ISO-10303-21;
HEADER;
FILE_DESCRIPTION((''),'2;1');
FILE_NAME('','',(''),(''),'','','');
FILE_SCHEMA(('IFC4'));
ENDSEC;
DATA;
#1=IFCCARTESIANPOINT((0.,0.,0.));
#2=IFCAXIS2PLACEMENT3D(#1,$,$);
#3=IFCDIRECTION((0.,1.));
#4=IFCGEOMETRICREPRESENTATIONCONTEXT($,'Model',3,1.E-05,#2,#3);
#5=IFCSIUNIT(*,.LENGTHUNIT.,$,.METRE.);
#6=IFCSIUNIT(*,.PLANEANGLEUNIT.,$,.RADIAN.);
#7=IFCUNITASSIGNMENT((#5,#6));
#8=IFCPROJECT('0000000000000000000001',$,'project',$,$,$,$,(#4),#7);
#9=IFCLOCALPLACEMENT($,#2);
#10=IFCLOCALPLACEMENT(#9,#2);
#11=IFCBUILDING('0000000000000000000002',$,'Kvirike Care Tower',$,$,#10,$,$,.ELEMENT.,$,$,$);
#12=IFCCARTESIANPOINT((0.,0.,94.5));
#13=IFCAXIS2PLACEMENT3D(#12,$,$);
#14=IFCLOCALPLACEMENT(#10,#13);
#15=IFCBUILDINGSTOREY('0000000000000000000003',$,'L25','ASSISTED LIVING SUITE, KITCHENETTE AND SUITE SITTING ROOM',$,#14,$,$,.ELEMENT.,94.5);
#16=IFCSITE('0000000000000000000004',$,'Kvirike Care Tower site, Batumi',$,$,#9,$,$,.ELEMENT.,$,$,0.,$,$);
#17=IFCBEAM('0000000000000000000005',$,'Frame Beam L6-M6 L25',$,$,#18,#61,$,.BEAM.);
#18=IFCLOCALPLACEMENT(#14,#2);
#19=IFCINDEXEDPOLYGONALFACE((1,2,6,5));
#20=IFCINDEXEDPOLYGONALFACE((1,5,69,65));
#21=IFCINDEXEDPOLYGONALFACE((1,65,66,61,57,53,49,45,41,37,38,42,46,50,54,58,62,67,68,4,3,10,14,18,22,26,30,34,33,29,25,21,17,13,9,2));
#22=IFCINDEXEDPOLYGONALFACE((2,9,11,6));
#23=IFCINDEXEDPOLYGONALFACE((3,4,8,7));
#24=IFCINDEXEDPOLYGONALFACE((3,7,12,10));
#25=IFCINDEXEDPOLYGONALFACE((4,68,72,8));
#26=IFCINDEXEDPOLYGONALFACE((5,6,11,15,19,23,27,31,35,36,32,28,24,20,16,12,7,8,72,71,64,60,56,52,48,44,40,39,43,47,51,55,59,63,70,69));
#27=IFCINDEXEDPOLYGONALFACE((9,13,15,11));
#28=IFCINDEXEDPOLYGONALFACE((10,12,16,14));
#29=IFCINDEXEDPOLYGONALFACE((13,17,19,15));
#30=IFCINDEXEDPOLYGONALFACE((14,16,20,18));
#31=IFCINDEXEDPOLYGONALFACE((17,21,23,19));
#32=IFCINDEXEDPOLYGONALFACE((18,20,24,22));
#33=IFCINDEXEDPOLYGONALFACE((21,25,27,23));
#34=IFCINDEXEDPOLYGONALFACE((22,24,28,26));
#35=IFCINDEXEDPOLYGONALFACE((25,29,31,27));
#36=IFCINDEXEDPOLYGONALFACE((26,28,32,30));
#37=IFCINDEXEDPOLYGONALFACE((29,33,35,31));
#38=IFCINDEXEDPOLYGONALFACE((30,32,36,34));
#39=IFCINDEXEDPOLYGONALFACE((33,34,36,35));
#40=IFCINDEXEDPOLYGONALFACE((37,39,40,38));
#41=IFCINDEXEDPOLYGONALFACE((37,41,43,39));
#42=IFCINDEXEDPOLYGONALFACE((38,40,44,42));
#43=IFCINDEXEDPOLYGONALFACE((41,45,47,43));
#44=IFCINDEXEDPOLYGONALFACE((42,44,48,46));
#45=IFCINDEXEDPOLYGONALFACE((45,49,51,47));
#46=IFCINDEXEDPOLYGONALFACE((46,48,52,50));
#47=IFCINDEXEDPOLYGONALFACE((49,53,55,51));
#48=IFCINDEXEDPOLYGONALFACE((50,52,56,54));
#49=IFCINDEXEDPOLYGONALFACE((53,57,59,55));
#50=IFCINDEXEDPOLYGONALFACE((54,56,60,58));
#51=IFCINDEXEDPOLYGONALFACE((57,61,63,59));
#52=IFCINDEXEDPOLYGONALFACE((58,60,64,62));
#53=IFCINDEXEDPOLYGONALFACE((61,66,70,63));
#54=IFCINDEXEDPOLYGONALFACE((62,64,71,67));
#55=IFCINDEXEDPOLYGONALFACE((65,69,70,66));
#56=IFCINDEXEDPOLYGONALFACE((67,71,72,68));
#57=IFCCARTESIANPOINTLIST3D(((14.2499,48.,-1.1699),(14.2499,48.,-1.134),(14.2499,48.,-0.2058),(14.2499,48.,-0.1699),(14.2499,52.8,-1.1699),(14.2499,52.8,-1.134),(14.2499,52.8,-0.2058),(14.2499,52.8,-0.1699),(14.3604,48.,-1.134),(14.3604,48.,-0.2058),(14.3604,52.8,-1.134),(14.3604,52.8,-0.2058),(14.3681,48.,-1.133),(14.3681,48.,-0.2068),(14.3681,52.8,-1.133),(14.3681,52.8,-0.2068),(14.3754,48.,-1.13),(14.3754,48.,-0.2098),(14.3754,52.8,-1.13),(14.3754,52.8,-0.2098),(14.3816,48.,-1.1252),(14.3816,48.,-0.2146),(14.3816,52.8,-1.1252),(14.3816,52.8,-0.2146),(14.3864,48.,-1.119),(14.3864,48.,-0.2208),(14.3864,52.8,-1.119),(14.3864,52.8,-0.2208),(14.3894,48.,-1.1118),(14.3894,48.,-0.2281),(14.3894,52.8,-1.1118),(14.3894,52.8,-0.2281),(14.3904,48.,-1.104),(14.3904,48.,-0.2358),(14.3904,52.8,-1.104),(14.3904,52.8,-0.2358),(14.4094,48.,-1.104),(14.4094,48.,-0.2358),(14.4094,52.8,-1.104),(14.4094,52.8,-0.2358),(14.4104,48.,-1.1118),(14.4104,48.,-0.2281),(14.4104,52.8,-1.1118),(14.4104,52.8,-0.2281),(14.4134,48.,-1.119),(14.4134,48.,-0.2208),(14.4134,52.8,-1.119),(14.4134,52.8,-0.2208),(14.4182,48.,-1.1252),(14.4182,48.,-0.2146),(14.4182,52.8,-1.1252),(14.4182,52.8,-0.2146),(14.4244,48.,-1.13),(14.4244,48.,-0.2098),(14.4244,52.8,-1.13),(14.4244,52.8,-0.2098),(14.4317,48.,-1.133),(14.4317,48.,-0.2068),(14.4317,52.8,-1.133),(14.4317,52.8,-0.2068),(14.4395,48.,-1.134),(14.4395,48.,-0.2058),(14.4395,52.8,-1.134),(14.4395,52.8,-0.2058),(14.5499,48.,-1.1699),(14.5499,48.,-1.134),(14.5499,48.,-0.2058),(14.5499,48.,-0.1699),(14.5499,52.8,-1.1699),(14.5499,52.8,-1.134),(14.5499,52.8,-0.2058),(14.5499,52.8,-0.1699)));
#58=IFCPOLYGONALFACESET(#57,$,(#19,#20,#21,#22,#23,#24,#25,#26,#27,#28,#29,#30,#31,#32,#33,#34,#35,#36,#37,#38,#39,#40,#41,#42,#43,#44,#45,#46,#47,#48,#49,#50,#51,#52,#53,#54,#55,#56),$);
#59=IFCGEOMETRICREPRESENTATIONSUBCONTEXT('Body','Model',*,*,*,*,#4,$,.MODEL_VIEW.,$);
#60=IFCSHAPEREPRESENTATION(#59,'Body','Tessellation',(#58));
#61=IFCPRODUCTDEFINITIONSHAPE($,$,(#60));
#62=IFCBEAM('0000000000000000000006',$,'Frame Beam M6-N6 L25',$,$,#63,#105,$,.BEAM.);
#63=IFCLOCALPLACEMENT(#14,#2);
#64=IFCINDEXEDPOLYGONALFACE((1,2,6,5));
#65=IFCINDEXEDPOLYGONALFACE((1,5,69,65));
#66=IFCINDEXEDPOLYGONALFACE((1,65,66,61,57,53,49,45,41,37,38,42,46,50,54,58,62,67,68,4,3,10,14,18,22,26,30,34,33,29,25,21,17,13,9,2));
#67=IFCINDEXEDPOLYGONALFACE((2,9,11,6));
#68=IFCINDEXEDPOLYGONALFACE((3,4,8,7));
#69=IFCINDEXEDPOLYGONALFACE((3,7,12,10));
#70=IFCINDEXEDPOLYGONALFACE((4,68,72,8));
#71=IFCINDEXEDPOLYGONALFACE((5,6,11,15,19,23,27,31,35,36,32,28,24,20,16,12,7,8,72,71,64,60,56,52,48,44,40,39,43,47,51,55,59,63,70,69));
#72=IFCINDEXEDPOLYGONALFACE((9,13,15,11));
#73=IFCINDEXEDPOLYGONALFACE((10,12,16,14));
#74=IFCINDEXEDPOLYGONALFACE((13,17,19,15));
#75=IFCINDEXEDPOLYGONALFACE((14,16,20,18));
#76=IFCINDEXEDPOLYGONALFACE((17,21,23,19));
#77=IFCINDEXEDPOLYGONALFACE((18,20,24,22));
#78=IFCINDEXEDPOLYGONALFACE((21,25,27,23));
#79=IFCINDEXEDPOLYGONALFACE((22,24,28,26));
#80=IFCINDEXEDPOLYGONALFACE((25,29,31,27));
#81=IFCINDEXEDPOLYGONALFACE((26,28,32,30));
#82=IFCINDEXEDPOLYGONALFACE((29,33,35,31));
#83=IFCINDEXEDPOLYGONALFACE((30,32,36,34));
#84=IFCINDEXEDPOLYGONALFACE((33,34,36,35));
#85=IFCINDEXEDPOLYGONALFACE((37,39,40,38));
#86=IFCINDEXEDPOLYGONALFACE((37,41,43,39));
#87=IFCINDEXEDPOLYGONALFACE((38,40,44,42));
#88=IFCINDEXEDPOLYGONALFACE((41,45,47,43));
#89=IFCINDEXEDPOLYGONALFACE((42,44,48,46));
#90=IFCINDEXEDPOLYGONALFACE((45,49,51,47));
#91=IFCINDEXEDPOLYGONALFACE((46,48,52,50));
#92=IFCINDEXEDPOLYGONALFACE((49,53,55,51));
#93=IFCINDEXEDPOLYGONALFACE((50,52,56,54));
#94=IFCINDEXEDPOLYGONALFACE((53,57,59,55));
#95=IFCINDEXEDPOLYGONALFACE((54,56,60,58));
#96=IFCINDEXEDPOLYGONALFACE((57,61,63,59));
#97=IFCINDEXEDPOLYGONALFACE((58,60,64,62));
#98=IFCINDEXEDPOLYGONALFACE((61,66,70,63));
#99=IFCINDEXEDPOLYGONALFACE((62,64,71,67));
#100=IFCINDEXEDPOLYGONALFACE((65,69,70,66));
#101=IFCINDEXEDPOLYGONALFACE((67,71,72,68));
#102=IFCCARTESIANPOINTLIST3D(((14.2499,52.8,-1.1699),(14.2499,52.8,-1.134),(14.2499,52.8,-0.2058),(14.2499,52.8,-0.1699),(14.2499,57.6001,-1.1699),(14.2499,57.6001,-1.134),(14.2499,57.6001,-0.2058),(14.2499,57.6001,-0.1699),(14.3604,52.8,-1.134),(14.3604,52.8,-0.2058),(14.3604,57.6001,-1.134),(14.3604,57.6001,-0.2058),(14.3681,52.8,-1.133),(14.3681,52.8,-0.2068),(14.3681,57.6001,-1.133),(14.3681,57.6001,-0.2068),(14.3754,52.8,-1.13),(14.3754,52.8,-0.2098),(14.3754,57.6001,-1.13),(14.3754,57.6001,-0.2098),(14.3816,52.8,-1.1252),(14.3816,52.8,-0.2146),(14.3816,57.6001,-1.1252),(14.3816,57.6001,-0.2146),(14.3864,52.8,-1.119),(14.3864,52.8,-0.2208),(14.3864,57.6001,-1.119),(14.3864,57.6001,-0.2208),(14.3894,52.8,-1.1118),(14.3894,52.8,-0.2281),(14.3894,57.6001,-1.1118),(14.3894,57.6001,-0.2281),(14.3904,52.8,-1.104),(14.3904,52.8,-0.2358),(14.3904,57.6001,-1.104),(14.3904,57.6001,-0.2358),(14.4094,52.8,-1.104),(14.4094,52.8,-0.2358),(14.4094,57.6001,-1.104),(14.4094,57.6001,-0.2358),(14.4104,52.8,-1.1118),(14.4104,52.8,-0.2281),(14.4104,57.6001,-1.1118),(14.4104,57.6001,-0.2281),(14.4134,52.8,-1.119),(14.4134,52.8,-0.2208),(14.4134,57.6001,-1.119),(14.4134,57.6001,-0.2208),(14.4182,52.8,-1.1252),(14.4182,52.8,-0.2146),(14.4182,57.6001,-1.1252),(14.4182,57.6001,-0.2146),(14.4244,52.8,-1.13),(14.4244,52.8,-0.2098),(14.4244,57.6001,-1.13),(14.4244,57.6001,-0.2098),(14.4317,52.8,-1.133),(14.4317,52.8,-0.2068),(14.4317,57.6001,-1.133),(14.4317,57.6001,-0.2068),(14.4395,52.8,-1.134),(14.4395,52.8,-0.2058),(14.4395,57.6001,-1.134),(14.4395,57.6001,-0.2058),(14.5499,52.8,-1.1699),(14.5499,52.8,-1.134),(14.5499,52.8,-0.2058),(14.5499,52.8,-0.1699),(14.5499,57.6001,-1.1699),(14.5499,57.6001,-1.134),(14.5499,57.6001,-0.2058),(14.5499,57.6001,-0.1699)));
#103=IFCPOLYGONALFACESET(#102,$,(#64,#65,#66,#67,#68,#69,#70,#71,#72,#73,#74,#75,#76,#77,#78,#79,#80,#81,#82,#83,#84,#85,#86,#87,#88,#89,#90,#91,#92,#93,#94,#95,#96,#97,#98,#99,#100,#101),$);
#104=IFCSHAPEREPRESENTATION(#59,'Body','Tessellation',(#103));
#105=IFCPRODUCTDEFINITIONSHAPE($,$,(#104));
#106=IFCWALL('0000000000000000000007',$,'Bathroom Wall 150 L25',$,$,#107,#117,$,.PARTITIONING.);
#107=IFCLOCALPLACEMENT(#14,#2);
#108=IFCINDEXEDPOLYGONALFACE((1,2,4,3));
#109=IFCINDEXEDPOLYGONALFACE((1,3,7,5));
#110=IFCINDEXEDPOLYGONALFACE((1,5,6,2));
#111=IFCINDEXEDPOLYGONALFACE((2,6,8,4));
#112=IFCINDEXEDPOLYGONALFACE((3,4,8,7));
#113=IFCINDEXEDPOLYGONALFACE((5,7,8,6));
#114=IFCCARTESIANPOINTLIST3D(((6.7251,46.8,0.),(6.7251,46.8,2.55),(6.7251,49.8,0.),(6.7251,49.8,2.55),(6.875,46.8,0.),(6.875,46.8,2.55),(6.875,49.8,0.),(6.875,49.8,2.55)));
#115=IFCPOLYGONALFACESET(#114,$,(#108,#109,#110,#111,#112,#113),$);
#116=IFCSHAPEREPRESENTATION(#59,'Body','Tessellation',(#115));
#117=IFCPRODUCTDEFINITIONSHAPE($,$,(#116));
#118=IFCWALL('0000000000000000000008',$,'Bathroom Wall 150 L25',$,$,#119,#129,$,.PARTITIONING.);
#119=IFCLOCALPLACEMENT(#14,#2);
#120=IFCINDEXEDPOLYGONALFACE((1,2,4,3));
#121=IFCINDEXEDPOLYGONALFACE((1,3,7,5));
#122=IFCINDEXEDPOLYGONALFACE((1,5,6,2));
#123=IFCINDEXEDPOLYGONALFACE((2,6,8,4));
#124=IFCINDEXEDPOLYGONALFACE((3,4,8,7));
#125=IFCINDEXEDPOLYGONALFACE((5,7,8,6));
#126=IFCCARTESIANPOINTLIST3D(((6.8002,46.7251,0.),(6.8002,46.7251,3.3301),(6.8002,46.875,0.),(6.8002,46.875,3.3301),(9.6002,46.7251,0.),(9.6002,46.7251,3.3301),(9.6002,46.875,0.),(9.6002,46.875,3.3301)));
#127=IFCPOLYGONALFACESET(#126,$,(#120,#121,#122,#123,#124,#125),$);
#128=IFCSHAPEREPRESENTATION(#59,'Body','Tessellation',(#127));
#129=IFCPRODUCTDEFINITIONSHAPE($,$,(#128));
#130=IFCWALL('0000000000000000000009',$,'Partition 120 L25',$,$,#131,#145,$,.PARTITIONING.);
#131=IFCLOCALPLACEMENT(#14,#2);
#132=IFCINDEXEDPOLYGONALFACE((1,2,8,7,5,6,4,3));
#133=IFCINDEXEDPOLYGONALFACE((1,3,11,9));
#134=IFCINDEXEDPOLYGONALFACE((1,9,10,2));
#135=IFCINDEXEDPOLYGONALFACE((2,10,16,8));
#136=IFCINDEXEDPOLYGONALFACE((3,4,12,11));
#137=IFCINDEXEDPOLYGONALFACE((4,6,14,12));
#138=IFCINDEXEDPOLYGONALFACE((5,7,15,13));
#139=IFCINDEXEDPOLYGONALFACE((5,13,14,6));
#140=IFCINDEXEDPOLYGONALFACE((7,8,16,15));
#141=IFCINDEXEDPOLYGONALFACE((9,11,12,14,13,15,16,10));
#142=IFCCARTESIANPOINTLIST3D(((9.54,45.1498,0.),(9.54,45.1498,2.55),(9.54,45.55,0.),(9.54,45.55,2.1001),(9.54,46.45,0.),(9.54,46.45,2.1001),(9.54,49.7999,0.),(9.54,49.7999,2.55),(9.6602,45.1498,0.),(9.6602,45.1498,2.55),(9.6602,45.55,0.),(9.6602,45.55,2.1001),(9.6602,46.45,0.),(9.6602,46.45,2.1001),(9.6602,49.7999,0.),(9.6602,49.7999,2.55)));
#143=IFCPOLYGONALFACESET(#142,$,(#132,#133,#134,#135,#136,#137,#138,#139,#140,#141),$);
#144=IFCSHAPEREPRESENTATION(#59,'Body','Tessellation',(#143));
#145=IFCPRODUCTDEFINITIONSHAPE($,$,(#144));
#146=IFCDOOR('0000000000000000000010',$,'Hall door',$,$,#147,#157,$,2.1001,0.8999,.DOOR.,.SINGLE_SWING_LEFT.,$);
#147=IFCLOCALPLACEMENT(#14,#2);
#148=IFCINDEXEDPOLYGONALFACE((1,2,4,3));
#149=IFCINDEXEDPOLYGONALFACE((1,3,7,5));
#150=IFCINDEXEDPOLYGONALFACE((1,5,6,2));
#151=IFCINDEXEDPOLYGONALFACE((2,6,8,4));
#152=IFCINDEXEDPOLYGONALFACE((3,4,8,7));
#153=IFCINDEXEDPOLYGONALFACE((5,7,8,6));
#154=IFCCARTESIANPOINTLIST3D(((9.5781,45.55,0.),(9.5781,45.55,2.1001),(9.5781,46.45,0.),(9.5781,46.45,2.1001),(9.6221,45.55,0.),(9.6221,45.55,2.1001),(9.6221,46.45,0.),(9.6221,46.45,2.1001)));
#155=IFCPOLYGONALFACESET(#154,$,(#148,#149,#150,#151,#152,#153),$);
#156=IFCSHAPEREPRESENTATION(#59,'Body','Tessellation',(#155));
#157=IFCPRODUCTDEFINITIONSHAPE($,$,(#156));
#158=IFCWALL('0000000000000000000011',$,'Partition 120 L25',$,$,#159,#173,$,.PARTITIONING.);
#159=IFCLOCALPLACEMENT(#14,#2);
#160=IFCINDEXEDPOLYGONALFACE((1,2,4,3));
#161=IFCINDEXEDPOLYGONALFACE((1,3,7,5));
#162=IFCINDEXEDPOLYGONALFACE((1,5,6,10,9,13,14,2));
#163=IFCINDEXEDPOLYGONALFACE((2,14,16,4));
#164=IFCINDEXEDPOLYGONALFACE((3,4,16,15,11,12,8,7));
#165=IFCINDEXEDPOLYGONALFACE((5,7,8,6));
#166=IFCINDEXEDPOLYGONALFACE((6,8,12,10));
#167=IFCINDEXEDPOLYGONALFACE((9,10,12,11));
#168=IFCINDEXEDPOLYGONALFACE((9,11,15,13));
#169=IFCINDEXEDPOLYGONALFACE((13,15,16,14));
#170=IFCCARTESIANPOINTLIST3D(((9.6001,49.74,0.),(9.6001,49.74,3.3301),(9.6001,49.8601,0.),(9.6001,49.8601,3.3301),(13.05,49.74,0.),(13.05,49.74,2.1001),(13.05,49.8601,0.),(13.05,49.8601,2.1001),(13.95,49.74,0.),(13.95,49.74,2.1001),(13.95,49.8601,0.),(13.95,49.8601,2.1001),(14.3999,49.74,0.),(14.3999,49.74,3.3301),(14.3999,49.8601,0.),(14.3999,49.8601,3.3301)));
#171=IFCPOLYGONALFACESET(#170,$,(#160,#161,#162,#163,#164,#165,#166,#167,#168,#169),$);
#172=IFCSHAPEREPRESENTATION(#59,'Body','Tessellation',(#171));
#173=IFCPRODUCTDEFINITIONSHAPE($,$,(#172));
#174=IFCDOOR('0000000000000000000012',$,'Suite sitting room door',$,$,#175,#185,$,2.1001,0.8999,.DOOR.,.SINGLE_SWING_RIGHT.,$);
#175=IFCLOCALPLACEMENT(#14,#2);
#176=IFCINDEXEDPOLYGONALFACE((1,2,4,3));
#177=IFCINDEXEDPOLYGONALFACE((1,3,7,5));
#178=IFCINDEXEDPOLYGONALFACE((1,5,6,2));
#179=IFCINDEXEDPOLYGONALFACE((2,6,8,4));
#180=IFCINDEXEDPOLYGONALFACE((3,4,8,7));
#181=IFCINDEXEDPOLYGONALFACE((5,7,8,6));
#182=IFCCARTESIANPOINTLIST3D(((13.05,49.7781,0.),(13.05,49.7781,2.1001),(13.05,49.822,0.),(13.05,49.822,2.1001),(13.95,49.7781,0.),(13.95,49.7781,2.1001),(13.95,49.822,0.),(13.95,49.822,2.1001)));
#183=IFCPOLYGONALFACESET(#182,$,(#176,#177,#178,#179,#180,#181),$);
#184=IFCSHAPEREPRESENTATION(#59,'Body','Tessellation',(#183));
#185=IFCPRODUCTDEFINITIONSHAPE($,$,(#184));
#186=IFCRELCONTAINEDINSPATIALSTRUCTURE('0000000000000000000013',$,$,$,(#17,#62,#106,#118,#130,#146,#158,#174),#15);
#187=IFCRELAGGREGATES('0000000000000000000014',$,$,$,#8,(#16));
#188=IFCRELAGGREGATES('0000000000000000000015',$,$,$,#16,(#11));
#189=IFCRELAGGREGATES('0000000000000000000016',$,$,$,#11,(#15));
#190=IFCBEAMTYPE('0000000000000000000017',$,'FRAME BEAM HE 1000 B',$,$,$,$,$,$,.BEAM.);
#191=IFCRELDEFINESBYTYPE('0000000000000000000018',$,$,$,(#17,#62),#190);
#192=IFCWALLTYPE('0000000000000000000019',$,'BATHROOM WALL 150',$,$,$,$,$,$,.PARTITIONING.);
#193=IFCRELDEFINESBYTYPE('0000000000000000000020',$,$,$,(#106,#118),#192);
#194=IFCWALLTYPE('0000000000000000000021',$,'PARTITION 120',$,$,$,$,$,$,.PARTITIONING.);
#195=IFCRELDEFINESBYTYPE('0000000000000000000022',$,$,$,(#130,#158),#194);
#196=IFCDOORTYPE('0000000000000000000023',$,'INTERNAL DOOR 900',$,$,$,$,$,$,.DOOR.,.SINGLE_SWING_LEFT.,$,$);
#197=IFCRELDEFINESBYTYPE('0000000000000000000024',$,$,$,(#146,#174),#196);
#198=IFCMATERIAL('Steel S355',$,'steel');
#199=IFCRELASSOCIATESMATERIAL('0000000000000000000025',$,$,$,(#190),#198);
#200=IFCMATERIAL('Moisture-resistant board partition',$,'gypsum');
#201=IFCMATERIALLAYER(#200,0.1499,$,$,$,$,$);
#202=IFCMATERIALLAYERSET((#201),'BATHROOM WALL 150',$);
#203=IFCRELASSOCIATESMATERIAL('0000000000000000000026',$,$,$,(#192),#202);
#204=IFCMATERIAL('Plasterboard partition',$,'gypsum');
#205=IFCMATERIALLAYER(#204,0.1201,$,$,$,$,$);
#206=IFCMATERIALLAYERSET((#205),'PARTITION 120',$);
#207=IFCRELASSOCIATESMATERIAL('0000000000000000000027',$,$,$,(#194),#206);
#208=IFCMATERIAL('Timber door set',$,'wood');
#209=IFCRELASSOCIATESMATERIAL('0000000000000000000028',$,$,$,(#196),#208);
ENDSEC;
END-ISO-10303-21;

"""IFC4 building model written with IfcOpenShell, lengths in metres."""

from ifc_helpers import new_model, si_unit, direction, frame, frame_2d, origin, origin_2d, place, context, subcontext, project, spatial, rectangle, i_section, extrude, material, layer, layer_set, material_profile, profile_set, type_object, element, fill, save


model = new_model("IFC4")

# Units and contexts
model_context = context("Model", 3, precision=1e-05, world=origin(), true_north=direction((0.0, 1.0)))
body_context = subcontext(model_context, "Body", "Model", "MODEL_VIEW")
ifc_project = project(units=[si_unit("LENGTHUNIT", "METRE"), si_unit("PLANEANGLEUNIT", "RADIAN")], contexts=[model_context])

# Site, building, storey
site_placement = place(None, origin())
site = spatial("IfcSite", under=ifc_project, at=site_placement, Name="Kvirike Care Tower site, Batumi", CompositionType="ELEMENT", RefElevation=0.0)
building_placement = place(site_placement, origin())
building = spatial("IfcBuilding", under=site, at=building_placement, Name="Kvirike Care Tower", CompositionType="ELEMENT")
storey_placement = place(building_placement, frame((0.0, 0.0, 94.5)))
storey = spatial("IfcBuildingStorey", under=building, at=storey_placement, Name="L25", Description="ASSISTED LIVING SUITE, KITCHENETTE AND SUITE SITTING ROOM", CompositionType="ELEMENT", Elevation=94.5)

# Beams
ifc_material_1 = material(Name="Steel S355", Category="steel")
ifc_material_profile_1 = material_profile(ifc_material_1, i_section(OverallWidth=0.3, OverallDepth=1.0, WebThickness=0.019, FlangeThickness=0.0359, FilletRadius=0.03, at=origin_2d()), Name="HE 1000 B")
ifc_profile_set_1 = profile_set([ifc_material_profile_1], Name="Steel S355")
beam_type_1 = type_object("IfcBeamType", Name="FRAME BEAM HE 1000 B", PredefinedType="BEAM", material=ifc_profile_set_1)
for number, where, z_axis, x_axis, name in (
    (1, (14.3999, 48.0, -0.6699), (0.0, 1.0, 0.0), (-1.0, 0.0, 0.0), "Frame Beam L6-M6 L25"),
    (2, (14.3999, 52.8, -0.6699), (0.0, 1.0, 0.0), (-1.0, 0.0, 0.0), "Frame Beam M6-N6 L25"),
):
    element("IfcBeam", number, at=place(storey_placement, frame(where, z_axis=z_axis, x_axis=x_axis)), inside=storey, type_object=beam_type_1, Name=name, PredefinedType="BEAM", context=body_context, shape_type="SweptSolid", body=[
        extrude(i_section(OverallWidth=0.3, OverallDepth=1.0, WebThickness=0.019, FlangeThickness=0.0359, FilletRadius=0.03, at=origin_2d()), origin(), (0.0, 0.0, 1.0), 4.8),
    ])

# Walls
ifc_material_2 = material(Name="Moisture-resistant board partition", Category="gypsum")
ifc_layer_1 = layer(ifc_material_2, 0.1499)
ifc_layer_set_1 = layer_set([ifc_layer_1], Name="BATHROOM WALL 150")
wall_type_1 = type_object("IfcWallType", Name="BATHROOM WALL 150", PredefinedType="PARTITIONING", material=ifc_layer_set_1)
wall_1_placement = place(storey_placement, frame((6.8, 49.8, 0.0), z_axis=(0.0, 0.0, 1.0), x_axis=(0.0, -1.0, 0.0)))
element("IfcWall", 3, at=wall_1_placement, inside=storey, type_object=wall_type_1, Name="Bathroom Wall 150 L25", PredefinedType="PARTITIONING", context=body_context, shape_type="SweptSolid", body=[
    extrude(rectangle(XDim=3.0, YDim=0.1499, at=frame_2d((1.5, 0.0))), origin(), (0.0, 0.0, 1.0), 2.55),
])
wall_2_placement = place(storey_placement, frame((9.6001, 46.8, 0.0), z_axis=(0.0, 0.0, 1.0), x_axis=(-1.0, 0.0, 0.0)))
element("IfcWall", 4, at=wall_2_placement, inside=storey, type_object=wall_type_1, Name="Bathroom Wall 150 L25", PredefinedType="PARTITIONING", context=body_context, shape_type="SweptSolid", body=[
    extrude(rectangle(XDim=2.8, YDim=0.1499, at=frame_2d((1.3999, 0.0))), origin(), (0.0, 0.0, 1.0), 3.3301),
])

# Walls, openings, doors
ifc_material_3 = material(Name="Plasterboard partition", Category="gypsum")
ifc_layer_2 = layer(ifc_material_3, 0.1201)
ifc_layer_set_2 = layer_set([ifc_layer_2], Name="PARTITION 120")
wall_type_2 = type_object("IfcWallType", Name="PARTITION 120", PredefinedType="PARTITIONING", material=ifc_layer_set_2)
wall_3_placement = place(storey_placement, frame((9.6001, 49.8, 0.0), z_axis=(0.0, 0.0, 1.0), x_axis=(0.0, -1.0, 0.0)))
wall_3 = element("IfcWall", 5, at=wall_3_placement, inside=storey, type_object=wall_type_2, Name="Partition 120 L25", PredefinedType="PARTITIONING", context=body_context, shape_type="SweptSolid", body=[
    extrude(rectangle(XDim=4.6501, YDim=0.1201, at=frame_2d((2.3252, 0.0))), origin(), (0.0, 0.0, 1.0), 2.55),
])
opening_1_placement = place(wall_3_placement, frame((3.3501, 0.0, 0.0)))
opening_1 = element("IfcOpeningElement", 6, at=opening_1_placement, cuts=wall_3, PredefinedType="OPENING", context=body_context, shape_type="SweptSolid", body=[
    extrude(rectangle(XDim=0.8999, YDim=2.1001, at=frame_2d((0.45, 1.05))), frame((0.0, 0.0706, 0.0), z_axis=(0.0, -1.0, 0.0), x_axis=(1.0, 0.0, 0.0)), (0.0, 0.0, 1.0), 0.1411),
])
ifc_material_4 = material(Name="Timber door set", Category="wood")
door_type_1 = type_object("IfcDoorType", Name="INTERNAL DOOR 900", OperationType="SINGLE_SWING_LEFT", PredefinedType="DOOR", material=ifc_material_4)
door_1_placement = place(opening_1_placement, origin())
door_1 = element("IfcDoor", 7, at=door_1_placement, inside=storey, type_object=door_type_1, Name="Hall door", OperationType="SINGLE_SWING_LEFT", OverallHeight=2.1001, OverallWidth=0.8999, PredefinedType="DOOR", context=body_context, shape_type="SweptSolid", body=[
    extrude(rectangle(XDim=0.8999, YDim=2.1001, at=frame_2d((0.45, 1.05))), frame((0.0, 0.022, 0.0), z_axis=(0.0, -1.0, 0.0), x_axis=(1.0, 0.0, 0.0)), (0.0, 0.0, 1.0), 0.0439),
])
fill(opening_1, door_1)
wall_4_placement = place(storey_placement, frame((14.3999, 49.8, 0.0), z_axis=(0.0, 0.0, 1.0), x_axis=(-1.0, 0.0, 0.0)))
wall_4 = element("IfcWall", 8, at=wall_4_placement, inside=storey, type_object=wall_type_2, Name="Partition 120 L25", PredefinedType="PARTITIONING", context=body_context, shape_type="SweptSolid", body=[
    extrude(rectangle(XDim=4.7998, YDim=0.1201, at=frame_2d((2.3999, 0.0))), origin(), (0.0, 0.0, 1.0), 3.3301),
])
opening_2_placement = place(wall_4_placement, frame((0.45, 0.0, 0.0)))
opening_2 = element("IfcOpeningElement", 9, at=opening_2_placement, cuts=wall_4, PredefinedType="OPENING", context=body_context, shape_type="SweptSolid", body=[
    extrude(rectangle(XDim=0.8999, YDim=2.1001, at=frame_2d((0.45, 1.05))), frame((0.0, 0.0706, 0.0), z_axis=(0.0, -1.0, 0.0), x_axis=(1.0, 0.0, 0.0)), (0.0, 0.0, 1.0), 0.1411),
])
door_2_placement = place(opening_2_placement, origin())
door_2 = element("IfcDoor", 10, at=door_2_placement, inside=storey, type_object=door_type_1, Name="Suite sitting room door", OperationType="SINGLE_SWING_RIGHT", OverallHeight=2.1001, OverallWidth=0.8999, PredefinedType="DOOR", context=body_context, shape_type="SweptSolid", body=[
    extrude(rectangle(XDim=0.8999, YDim=2.1001, at=frame_2d((0.45, 1.05))), frame((0.0, 0.022, 0.0), z_axis=(0.0, -1.0, 0.0), x_axis=(1.0, 0.0, 0.0)), (0.0, 0.0, 1.0), 0.0439),
])
fill(opening_2, door_2)

save(model, "model.ifc")
